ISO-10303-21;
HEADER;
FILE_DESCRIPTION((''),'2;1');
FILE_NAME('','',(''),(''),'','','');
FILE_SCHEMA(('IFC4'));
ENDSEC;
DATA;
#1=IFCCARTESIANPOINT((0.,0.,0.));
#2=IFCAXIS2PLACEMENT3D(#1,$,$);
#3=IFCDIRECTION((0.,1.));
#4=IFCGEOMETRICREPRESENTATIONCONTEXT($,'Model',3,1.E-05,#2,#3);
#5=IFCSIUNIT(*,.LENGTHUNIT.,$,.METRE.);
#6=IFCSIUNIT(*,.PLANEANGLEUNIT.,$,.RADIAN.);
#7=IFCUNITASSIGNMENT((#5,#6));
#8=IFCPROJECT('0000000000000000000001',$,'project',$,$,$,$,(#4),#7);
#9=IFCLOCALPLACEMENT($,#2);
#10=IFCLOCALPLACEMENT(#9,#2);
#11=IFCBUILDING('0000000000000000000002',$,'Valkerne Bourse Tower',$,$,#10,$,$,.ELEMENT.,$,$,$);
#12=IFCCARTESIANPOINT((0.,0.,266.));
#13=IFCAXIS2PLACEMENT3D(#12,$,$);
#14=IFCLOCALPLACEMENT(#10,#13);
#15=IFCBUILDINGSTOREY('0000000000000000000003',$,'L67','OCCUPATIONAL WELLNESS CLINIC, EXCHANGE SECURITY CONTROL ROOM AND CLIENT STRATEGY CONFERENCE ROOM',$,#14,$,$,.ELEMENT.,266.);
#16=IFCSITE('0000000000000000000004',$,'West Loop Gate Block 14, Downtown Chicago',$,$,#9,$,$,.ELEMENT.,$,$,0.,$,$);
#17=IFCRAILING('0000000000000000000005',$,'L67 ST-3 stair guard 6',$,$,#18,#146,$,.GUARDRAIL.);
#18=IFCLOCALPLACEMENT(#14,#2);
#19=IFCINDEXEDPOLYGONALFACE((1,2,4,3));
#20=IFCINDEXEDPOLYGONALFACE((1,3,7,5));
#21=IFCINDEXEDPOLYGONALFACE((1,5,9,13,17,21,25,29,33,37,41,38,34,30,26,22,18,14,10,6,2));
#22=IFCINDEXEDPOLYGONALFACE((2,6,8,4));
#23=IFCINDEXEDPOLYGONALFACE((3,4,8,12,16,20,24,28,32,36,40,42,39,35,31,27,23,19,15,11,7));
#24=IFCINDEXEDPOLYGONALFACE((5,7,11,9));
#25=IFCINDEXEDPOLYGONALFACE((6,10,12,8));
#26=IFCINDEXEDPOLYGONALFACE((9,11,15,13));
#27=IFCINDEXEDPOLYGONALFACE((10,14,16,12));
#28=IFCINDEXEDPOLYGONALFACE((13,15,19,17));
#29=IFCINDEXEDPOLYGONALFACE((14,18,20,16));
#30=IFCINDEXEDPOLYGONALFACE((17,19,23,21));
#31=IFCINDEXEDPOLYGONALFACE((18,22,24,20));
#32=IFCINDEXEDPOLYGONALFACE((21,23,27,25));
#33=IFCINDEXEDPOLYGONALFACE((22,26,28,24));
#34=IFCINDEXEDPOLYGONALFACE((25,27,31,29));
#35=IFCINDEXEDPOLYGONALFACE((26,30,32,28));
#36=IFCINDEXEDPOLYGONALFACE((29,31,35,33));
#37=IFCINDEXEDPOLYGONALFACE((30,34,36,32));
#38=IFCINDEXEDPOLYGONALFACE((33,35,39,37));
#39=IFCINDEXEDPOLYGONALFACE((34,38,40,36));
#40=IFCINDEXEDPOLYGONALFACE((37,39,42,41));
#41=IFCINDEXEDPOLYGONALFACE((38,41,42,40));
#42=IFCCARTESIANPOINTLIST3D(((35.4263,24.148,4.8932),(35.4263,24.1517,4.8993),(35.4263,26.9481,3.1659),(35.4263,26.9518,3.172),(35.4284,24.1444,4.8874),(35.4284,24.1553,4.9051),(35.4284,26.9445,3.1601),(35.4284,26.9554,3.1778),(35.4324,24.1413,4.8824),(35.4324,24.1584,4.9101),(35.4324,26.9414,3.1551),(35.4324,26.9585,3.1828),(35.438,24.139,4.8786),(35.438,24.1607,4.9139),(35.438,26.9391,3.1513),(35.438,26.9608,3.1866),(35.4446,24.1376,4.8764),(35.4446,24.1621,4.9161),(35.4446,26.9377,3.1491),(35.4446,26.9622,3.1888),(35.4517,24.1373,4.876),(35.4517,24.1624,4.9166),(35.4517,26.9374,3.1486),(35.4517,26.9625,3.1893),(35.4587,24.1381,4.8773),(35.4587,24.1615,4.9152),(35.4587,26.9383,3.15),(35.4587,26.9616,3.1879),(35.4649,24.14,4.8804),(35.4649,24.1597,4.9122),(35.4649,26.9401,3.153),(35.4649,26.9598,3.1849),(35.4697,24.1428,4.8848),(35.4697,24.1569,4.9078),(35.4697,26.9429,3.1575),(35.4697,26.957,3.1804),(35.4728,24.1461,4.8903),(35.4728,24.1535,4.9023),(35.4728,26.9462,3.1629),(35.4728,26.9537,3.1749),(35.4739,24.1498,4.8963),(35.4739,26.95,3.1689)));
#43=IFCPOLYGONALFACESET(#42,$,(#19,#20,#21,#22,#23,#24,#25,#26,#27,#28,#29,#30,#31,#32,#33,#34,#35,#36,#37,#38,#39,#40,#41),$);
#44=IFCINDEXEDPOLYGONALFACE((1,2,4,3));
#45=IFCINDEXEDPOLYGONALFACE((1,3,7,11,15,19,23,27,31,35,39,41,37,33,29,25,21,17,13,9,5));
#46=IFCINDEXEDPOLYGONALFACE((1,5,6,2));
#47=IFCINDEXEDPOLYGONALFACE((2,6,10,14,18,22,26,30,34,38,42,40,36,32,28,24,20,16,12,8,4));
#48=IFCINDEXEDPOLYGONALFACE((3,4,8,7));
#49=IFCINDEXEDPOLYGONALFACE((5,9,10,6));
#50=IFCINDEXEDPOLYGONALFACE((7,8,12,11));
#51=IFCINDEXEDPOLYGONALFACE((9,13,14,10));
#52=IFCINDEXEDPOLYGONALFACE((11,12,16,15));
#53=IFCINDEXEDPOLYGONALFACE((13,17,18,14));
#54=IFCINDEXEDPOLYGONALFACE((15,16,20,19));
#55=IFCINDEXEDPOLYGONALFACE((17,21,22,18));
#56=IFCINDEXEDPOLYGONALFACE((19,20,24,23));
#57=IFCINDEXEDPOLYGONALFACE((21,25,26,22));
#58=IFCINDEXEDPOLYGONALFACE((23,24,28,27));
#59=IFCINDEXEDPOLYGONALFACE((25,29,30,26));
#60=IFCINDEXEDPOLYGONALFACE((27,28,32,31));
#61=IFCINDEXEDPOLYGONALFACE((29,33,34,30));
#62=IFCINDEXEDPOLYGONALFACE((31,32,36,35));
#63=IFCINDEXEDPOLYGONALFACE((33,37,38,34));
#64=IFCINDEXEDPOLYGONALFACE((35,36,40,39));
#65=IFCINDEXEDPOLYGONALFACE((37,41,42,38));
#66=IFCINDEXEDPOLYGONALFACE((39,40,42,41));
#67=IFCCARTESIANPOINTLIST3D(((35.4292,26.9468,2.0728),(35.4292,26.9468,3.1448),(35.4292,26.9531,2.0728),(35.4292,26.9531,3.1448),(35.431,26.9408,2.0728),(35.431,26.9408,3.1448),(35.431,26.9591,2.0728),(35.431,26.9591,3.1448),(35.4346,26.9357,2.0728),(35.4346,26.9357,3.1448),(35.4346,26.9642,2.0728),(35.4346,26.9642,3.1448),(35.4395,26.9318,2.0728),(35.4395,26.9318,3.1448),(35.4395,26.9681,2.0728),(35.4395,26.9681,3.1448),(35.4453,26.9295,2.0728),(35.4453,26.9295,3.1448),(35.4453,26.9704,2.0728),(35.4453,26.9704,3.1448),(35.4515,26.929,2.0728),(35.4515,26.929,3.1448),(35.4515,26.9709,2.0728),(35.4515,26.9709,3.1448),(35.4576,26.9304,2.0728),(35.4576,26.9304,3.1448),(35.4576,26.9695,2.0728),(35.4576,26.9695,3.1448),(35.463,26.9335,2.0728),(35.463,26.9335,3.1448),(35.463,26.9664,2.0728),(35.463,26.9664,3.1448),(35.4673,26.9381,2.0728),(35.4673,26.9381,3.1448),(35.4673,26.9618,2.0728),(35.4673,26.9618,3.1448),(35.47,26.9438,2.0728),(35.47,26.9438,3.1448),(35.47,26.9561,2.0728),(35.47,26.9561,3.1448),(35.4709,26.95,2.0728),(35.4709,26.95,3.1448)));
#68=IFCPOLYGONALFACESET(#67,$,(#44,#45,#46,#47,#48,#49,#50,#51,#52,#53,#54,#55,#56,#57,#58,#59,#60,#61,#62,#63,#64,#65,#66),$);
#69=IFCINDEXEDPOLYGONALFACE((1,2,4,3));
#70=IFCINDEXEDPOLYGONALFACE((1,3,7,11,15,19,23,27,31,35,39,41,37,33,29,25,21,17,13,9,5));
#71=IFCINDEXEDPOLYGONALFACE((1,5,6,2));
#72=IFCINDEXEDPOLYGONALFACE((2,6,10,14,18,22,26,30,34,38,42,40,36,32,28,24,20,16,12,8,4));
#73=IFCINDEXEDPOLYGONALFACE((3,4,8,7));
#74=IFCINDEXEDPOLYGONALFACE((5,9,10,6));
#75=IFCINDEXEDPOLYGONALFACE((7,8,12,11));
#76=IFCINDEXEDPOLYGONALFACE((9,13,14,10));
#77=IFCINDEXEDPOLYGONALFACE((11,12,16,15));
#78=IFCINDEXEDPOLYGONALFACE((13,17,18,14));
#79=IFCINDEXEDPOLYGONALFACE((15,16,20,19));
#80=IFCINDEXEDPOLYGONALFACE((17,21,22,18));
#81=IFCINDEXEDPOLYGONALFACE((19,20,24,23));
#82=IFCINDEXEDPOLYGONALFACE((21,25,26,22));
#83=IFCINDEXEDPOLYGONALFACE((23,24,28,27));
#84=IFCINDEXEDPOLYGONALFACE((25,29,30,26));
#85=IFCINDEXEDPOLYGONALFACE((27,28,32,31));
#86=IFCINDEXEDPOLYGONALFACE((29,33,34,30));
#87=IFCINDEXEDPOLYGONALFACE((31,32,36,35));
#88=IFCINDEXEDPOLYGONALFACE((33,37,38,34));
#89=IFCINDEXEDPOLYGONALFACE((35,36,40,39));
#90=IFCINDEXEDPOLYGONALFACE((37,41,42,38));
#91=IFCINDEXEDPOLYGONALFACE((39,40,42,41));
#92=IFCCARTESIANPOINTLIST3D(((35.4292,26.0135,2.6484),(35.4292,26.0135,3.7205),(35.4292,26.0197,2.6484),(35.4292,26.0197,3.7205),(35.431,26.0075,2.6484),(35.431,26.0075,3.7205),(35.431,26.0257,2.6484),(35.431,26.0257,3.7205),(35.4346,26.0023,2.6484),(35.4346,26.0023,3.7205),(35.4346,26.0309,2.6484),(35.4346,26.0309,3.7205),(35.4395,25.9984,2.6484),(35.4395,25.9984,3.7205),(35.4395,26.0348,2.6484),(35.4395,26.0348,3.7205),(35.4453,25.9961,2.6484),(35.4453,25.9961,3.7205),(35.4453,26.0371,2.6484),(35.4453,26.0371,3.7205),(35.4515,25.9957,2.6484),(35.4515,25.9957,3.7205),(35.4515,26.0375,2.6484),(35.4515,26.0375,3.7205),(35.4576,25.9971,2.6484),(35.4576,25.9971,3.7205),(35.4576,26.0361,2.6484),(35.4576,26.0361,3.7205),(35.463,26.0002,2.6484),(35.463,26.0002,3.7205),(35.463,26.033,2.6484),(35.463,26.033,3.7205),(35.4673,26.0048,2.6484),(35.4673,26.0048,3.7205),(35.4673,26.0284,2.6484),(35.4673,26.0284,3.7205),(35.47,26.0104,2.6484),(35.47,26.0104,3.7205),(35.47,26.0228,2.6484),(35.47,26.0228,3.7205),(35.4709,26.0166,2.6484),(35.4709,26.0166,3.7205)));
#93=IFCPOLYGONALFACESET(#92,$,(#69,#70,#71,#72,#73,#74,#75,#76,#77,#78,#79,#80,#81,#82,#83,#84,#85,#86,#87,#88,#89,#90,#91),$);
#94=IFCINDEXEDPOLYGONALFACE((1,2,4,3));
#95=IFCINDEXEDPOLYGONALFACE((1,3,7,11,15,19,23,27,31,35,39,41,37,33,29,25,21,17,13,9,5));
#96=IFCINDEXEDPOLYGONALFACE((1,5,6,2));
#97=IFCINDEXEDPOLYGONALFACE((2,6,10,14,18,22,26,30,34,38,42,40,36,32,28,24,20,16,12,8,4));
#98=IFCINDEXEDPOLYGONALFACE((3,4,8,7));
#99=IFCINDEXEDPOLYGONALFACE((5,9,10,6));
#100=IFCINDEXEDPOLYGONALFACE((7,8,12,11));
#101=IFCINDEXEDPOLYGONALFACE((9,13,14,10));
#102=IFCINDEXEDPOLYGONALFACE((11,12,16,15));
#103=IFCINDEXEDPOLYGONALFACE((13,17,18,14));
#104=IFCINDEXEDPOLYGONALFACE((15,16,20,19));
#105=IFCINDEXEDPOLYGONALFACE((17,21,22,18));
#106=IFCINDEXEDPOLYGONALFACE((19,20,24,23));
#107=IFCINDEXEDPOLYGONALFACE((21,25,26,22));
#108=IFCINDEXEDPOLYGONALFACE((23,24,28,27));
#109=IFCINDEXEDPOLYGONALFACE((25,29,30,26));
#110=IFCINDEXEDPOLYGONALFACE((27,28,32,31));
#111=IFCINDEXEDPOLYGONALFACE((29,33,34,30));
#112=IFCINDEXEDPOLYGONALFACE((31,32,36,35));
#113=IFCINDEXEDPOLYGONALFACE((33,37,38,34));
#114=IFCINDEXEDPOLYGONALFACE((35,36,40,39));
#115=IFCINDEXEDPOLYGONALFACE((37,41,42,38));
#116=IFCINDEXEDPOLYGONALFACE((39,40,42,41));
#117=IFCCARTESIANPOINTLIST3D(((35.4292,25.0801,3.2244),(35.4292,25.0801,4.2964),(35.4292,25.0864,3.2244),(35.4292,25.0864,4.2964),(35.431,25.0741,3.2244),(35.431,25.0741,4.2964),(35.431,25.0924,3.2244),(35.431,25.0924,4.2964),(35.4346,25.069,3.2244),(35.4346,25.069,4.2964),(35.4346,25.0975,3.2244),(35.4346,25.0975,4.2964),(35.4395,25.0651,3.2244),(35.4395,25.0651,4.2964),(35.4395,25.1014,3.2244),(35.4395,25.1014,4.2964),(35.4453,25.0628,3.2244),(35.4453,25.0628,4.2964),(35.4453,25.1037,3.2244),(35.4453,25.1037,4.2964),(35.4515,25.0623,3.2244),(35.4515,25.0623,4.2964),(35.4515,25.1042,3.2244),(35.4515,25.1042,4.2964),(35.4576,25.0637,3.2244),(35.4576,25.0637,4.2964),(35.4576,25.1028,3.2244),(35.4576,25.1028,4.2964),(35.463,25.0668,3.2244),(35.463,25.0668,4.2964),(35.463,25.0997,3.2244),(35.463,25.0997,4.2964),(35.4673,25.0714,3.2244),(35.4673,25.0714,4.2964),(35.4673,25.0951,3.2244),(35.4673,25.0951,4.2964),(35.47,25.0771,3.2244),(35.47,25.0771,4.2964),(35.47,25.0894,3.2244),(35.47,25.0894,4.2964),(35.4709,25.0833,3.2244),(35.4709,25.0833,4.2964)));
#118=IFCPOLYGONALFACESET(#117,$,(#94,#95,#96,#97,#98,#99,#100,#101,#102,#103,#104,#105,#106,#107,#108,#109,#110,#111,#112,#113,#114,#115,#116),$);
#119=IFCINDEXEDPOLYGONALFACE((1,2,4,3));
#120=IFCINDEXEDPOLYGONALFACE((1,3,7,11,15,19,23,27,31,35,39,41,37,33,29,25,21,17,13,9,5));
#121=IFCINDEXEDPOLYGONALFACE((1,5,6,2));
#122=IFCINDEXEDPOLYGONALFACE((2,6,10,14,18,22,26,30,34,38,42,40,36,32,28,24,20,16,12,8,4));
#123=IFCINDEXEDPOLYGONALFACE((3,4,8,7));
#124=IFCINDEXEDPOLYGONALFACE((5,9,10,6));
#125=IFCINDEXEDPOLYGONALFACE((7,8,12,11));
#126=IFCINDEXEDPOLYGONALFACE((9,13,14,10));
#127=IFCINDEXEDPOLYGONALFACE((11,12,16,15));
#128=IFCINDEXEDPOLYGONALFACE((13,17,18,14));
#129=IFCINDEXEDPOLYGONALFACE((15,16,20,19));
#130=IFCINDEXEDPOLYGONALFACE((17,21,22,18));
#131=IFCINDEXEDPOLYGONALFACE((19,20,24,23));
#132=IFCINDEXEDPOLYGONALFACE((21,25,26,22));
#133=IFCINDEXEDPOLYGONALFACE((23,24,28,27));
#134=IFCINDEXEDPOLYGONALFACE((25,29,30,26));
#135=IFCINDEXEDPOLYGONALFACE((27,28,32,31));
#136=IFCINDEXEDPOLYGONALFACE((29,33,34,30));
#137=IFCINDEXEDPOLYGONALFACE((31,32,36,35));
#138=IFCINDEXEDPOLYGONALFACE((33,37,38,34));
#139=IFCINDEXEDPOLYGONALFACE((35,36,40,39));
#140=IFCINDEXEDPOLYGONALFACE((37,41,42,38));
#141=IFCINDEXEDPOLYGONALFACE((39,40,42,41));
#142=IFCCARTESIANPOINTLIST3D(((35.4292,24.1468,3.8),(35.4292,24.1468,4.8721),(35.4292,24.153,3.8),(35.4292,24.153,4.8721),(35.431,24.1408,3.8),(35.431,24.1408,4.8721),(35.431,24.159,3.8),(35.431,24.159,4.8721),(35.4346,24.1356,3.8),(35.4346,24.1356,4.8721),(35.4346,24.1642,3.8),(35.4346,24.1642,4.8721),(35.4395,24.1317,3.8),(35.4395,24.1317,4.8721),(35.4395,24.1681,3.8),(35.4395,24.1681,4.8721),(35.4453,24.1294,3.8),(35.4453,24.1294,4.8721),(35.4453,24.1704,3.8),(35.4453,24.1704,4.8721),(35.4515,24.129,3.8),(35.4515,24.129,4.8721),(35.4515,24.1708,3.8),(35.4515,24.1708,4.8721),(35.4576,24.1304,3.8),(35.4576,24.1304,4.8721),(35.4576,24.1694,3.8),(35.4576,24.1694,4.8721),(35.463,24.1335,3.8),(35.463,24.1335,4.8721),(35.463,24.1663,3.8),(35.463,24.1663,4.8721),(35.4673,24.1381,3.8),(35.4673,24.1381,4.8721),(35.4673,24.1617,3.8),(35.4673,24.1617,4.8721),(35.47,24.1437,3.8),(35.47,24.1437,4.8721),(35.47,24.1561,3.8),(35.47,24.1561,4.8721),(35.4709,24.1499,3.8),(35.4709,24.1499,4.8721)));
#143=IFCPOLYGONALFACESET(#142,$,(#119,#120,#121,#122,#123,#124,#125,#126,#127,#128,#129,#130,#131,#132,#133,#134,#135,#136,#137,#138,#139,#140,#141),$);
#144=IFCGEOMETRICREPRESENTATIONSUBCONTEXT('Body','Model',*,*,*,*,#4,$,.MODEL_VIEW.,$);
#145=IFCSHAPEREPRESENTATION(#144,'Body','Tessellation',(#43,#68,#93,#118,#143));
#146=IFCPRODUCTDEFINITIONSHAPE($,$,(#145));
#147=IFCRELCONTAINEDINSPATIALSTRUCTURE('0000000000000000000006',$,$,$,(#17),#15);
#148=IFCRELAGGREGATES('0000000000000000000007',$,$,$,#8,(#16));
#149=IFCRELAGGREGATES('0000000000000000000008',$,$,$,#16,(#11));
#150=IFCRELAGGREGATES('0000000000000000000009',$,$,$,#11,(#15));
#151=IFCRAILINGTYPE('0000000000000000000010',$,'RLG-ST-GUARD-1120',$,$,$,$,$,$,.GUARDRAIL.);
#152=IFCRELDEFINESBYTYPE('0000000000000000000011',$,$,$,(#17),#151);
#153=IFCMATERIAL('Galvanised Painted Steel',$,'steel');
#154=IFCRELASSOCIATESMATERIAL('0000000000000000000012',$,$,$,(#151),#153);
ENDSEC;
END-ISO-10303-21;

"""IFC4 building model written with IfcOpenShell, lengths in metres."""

from ifc_helpers import new_model, si_unit, direction, frame, origin, origin_2d, place, context, subcontext, project, spatial, circle, extrude, material, type_object, element, save


model = new_model("IFC4")

# Units and contexts
model_context = context("Model", 3, precision=1e-05, world=origin(), true_north=direction((0.0, 1.0)))
body_context = subcontext(model_context, "Body", "Model", "MODEL_VIEW")
ifc_project = project(units=[si_unit("LENGTHUNIT", "METRE"), si_unit("PLANEANGLEUNIT", "RADIAN")], contexts=[model_context])

# Site, building, storey
site_placement = place(None, origin())
site = spatial("IfcSite", under=ifc_project, at=site_placement, Name="West Loop Gate Block 14, Downtown Chicago", CompositionType="ELEMENT", RefElevation=0.0)
building_placement = place(site_placement, origin())
building = spatial("IfcBuilding", under=site, at=building_placement, Name="Valkerne Bourse Tower", CompositionType="ELEMENT")
storey_placement = place(building_placement, frame((0.0, 0.0, 266.0)))
storey = spatial("IfcBuildingStorey", under=building, at=storey_placement, Name="L67", Description="OCCUPATIONAL WELLNESS CLINIC, EXCHANGE SECURITY CONTROL ROOM AND CLIENT STRATEGY CONFERENCE ROOM", CompositionType="ELEMENT", Elevation=266.0)

# Railing
ifc_material_1 = material(Name="Galvanised Painted Steel", Category="steel")
railing_type_1 = type_object("IfcRailingType", Name="RLG-ST-GUARD-1120", PredefinedType="GUARDRAIL", material=ifc_material_1)
railing_1_placement = place(storey_placement, frame((35.45, 26.95, 2.0728)))
element("IfcRailing", 1, at=railing_1_placement, inside=storey, type_object=railing_type_1, Name="L67 ST-3 stair guard 6", PredefinedType="GUARDRAIL", context=body_context, shape_type="SweptSolid", body=[
    extrude(circle(Radius=0.0239, at=origin_2d()), frame((0.0, 0.0, 1.0962), z_axis=(0.0, -0.85109, 0.52502), x_axis=(1.0, 0.0, 0.0)), (0.0, 0.0, 1.0), 3.29),
    extrude(circle(Radius=0.021, at=origin_2d()), origin(), (0.0, 0.0, 1.0), 1.072),
    extrude(circle(Radius=0.021, at=origin_2d()), frame((0.0, -0.9333, 0.5757)), (0.0, 0.0, 1.0), 1.072),
    extrude(circle(Radius=0.021, at=origin_2d()), frame((0.0, -1.8667, 1.1516)), (0.0, 0.0, 1.0), 1.072),
    extrude(circle(Radius=0.021, at=origin_2d()), frame((0.0, -2.8, 1.7273)), (0.0, 0.0, 1.0), 1.072),
])

save(model, "model.ifc")
